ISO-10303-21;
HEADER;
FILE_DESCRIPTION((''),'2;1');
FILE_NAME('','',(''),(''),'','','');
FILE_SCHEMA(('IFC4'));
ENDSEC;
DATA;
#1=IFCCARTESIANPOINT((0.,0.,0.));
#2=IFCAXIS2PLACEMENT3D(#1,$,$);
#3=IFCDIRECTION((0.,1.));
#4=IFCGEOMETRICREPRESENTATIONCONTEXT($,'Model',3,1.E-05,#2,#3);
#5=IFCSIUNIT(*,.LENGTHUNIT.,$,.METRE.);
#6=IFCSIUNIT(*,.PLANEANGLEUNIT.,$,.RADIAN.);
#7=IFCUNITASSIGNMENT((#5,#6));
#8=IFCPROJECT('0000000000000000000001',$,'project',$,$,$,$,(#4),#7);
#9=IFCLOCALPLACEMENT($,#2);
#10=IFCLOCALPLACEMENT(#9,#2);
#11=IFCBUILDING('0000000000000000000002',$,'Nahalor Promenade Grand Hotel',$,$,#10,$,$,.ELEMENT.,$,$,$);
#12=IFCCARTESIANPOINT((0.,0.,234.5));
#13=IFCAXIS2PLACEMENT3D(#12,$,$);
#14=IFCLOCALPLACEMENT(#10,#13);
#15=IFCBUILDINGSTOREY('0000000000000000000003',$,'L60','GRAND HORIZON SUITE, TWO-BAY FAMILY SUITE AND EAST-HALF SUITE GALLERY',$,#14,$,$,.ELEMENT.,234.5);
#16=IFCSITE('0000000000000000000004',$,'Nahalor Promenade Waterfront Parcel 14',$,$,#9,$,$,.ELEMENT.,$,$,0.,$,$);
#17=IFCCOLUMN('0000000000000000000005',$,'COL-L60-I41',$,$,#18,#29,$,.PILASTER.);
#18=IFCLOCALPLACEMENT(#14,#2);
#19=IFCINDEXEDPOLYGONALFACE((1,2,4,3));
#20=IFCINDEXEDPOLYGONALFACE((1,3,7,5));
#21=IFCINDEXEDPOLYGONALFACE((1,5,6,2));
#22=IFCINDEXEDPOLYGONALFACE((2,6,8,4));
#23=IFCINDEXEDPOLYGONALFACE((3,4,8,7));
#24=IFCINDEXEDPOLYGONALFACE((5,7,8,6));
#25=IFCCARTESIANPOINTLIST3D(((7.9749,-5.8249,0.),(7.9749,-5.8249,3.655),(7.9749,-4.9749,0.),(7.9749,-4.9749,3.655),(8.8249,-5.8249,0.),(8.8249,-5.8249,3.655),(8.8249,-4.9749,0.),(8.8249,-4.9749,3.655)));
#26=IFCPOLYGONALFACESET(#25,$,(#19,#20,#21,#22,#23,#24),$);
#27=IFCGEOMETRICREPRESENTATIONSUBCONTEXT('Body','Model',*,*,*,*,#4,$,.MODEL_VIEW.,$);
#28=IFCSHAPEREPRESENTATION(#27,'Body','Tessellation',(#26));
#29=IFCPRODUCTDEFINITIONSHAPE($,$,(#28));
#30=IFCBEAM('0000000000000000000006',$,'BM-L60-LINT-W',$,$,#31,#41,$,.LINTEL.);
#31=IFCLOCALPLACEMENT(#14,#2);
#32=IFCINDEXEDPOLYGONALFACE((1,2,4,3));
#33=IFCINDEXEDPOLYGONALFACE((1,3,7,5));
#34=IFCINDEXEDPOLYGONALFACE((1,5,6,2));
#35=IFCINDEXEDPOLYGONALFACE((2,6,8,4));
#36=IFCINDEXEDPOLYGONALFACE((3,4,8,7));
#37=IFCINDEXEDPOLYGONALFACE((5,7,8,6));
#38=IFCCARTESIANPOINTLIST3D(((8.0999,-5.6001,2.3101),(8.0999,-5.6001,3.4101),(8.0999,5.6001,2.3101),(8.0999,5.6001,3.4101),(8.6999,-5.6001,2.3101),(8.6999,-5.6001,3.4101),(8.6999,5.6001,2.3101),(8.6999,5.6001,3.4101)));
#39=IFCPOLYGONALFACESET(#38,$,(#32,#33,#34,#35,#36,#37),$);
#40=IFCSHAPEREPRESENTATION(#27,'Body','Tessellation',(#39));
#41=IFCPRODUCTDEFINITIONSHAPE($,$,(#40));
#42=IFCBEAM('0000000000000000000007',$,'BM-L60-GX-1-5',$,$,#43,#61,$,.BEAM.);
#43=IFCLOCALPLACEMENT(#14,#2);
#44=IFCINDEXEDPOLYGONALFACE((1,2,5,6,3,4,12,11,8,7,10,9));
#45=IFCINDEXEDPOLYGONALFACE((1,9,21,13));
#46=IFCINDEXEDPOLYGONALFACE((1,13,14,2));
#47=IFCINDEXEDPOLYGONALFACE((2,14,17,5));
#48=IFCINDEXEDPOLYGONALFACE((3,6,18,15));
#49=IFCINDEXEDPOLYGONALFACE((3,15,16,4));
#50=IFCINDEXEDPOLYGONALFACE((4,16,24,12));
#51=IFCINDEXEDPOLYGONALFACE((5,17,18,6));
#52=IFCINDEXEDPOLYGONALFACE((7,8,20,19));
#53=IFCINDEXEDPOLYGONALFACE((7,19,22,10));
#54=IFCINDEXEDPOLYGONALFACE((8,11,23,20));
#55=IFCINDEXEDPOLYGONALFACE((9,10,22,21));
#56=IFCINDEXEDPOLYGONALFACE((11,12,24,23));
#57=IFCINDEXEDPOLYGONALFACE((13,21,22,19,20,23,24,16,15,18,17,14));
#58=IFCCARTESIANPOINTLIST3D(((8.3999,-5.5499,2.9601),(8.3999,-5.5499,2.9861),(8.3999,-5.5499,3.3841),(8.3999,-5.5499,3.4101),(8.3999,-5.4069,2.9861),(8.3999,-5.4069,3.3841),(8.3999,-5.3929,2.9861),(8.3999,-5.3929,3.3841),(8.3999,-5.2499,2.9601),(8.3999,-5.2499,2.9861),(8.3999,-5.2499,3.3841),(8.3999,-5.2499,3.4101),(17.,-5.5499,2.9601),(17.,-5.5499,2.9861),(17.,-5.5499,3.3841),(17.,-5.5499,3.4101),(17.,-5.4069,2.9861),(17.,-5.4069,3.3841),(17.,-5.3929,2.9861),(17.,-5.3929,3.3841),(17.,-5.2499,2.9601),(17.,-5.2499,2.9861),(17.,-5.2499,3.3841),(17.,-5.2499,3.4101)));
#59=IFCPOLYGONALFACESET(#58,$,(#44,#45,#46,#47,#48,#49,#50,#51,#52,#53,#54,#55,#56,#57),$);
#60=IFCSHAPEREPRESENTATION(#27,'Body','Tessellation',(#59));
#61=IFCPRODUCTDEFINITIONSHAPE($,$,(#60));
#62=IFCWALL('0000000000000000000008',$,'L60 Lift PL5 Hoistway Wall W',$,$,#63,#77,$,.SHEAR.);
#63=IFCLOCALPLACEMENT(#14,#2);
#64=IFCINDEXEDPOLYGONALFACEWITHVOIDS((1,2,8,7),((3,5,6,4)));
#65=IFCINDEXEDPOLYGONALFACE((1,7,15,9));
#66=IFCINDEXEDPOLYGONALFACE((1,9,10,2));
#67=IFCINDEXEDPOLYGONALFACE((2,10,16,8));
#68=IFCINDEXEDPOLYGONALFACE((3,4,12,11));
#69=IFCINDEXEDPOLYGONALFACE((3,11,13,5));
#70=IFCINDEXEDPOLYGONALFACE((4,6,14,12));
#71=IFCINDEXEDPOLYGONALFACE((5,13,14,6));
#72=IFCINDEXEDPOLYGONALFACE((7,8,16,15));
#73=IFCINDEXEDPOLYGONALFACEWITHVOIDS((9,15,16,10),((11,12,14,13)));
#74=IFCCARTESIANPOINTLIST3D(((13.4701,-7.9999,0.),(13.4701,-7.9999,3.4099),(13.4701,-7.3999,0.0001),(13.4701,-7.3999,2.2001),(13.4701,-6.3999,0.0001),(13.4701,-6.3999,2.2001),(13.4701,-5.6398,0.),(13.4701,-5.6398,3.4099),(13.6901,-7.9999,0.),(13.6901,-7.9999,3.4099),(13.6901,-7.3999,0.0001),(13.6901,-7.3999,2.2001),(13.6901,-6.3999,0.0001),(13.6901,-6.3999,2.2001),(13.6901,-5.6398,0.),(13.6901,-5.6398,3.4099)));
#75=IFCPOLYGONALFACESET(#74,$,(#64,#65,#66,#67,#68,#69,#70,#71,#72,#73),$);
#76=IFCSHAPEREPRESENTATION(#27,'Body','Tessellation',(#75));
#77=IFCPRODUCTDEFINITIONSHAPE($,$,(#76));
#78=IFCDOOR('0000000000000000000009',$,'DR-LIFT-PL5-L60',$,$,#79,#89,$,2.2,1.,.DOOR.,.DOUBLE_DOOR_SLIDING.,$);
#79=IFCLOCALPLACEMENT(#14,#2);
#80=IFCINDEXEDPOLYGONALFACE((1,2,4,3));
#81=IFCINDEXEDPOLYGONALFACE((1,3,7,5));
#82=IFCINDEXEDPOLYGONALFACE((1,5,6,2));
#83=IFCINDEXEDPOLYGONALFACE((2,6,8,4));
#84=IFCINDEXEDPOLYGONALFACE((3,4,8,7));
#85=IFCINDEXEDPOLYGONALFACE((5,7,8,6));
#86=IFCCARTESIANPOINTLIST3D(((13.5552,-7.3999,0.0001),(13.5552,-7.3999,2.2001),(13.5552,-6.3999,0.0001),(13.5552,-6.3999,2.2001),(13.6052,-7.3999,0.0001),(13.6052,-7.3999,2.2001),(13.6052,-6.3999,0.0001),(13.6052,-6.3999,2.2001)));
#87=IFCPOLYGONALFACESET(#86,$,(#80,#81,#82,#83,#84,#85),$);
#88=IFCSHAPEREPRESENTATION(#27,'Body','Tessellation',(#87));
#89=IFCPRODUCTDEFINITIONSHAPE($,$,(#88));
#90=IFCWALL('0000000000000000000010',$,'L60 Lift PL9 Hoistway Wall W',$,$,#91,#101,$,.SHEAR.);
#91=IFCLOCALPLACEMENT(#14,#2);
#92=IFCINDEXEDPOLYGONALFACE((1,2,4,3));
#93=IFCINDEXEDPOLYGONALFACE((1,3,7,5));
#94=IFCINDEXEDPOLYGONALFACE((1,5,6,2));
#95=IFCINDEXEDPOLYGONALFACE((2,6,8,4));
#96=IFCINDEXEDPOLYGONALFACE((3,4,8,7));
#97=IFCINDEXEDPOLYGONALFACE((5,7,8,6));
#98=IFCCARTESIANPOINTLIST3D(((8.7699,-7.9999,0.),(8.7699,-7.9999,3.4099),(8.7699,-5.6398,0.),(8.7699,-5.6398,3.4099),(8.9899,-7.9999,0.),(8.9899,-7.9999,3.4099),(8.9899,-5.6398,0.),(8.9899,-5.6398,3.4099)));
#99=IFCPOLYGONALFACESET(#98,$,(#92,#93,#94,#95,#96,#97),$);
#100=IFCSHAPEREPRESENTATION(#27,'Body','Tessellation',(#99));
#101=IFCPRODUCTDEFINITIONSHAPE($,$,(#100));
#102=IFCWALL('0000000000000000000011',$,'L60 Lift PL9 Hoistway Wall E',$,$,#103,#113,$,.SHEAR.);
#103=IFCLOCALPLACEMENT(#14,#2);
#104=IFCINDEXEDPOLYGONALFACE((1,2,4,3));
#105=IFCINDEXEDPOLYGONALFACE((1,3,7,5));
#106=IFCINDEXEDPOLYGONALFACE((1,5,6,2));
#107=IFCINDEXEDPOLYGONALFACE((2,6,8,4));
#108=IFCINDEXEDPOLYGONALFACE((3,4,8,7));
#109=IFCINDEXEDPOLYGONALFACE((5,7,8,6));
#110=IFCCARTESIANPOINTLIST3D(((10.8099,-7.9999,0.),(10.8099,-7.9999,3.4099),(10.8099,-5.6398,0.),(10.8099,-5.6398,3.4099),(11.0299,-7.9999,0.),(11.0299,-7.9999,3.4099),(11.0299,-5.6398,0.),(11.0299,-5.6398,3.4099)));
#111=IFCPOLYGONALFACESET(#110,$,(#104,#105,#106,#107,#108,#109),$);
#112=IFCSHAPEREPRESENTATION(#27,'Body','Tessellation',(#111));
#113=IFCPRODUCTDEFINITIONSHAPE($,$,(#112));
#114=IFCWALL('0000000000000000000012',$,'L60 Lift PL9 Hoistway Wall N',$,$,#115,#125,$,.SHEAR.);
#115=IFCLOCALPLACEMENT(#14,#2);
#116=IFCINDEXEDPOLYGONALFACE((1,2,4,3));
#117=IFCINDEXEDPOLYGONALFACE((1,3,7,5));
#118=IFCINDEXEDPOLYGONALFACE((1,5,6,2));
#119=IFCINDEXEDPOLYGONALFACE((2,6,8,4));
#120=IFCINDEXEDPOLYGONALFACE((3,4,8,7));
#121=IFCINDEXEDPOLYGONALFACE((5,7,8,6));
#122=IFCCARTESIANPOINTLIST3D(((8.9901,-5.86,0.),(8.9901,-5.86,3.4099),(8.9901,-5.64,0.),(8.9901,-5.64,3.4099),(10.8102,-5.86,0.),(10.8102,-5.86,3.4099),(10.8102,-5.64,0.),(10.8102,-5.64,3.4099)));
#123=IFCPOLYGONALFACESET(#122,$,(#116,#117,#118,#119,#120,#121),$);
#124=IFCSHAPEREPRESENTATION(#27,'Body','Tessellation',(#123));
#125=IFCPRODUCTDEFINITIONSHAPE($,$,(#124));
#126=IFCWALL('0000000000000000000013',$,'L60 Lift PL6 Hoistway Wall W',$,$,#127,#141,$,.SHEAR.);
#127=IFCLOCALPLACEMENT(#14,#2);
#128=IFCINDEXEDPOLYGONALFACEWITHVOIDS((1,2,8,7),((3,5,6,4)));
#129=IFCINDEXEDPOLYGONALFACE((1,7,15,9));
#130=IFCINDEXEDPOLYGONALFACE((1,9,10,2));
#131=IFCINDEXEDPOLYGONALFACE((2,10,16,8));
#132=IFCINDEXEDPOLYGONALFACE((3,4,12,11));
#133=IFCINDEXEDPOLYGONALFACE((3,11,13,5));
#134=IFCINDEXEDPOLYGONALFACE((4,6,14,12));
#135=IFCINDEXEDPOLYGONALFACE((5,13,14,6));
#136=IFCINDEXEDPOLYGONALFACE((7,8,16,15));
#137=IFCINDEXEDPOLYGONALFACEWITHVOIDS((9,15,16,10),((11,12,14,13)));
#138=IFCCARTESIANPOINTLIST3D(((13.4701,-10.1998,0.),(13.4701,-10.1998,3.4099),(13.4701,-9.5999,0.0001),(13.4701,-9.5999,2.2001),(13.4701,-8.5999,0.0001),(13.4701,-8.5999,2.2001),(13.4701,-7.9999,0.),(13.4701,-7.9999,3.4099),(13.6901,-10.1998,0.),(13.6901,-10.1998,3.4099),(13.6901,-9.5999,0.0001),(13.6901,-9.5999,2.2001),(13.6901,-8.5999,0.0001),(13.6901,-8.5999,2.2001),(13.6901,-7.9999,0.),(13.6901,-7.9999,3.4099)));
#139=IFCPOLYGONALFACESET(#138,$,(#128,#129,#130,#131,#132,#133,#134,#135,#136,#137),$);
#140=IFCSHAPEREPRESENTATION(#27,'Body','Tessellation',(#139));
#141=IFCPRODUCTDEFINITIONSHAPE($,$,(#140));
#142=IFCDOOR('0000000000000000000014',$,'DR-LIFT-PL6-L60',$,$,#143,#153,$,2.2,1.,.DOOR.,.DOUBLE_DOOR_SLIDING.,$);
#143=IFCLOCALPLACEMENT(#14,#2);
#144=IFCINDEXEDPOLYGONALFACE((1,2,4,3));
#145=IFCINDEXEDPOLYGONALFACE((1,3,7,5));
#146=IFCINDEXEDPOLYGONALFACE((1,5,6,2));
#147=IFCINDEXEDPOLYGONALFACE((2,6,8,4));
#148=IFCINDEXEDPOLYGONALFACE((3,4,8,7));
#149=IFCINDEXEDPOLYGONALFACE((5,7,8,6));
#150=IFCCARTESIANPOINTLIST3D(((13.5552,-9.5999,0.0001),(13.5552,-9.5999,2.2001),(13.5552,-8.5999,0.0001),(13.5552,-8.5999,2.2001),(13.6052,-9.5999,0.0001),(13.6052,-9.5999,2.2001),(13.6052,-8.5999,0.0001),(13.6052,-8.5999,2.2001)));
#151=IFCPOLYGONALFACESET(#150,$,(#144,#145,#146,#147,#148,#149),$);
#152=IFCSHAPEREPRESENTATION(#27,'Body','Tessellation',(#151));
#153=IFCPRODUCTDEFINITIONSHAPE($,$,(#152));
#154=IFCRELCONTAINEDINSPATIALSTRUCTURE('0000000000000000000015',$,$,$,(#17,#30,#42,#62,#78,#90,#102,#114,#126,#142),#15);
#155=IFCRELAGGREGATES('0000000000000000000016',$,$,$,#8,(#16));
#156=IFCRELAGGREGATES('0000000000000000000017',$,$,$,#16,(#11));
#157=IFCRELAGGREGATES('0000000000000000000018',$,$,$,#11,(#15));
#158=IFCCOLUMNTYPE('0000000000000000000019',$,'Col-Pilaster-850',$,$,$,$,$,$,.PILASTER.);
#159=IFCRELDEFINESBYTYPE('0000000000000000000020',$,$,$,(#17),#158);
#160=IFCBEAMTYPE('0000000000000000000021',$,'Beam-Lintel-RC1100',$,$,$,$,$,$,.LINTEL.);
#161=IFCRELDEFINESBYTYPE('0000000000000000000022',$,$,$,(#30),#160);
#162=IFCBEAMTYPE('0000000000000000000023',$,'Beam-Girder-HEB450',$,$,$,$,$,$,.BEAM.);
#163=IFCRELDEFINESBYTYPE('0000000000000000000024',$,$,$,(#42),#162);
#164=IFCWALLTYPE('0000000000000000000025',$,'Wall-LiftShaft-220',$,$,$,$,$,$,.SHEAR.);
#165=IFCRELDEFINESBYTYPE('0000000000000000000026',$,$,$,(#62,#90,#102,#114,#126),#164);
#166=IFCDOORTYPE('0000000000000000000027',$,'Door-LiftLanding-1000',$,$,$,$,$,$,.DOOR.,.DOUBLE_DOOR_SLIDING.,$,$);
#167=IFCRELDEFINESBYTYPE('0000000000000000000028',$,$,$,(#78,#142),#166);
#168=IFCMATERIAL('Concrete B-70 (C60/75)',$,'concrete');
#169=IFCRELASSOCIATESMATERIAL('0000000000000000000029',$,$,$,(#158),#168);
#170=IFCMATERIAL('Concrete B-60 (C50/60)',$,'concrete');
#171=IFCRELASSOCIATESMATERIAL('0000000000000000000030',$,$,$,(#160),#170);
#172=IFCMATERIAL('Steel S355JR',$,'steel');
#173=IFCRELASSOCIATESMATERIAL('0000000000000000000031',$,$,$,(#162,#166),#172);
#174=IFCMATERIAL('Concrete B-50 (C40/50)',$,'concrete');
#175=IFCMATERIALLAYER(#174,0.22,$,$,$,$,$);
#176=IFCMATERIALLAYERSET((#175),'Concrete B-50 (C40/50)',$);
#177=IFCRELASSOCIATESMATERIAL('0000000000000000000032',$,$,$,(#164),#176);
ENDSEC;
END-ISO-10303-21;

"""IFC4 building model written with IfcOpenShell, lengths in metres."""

from ifc_helpers import new_model, si_unit, direction, frame, frame_2d, origin, origin_2d, place, context, subcontext, project, spatial, rectangle, i_section, extrude, source, transform, mapped, material, layer, layer_set, material_profile, profile_set, type_object, element, fill, save


model = new_model("IFC4")

# Units and contexts
model_context = context("Model", 3, precision=1e-05, world=origin(), true_north=direction((0.0, 1.0)))
body_context = subcontext(model_context, "Body", "Model", "MODEL_VIEW")
ifc_project = project(units=[si_unit("LENGTHUNIT", "METRE"), si_unit("PLANEANGLEUNIT", "RADIAN")], contexts=[model_context])

# Site, building, storey
site_placement = place(None, origin())
site = spatial("IfcSite", under=ifc_project, at=site_placement, Name="Nahalor Promenade Waterfront Parcel 14", CompositionType="ELEMENT", RefElevation=0.0)
building_placement = place(site_placement, origin())
building = spatial("IfcBuilding", under=site, at=building_placement, Name="Nahalor Promenade Grand Hotel", CompositionType="ELEMENT")
storey_placement = place(building_placement, frame((0.0, 0.0, 234.5)))
storey = spatial("IfcBuildingStorey", under=building, at=storey_placement, Name="L60", Description="GRAND HORIZON SUITE, TWO-BAY FAMILY SUITE AND EAST-HALF SUITE GALLERY", CompositionType="ELEMENT", Elevation=234.5)

# Column
ifc_material_1 = material(Name="Concrete B-70 (C60/75)", Category="concrete")
ifc_material_profile_1 = material_profile(ifc_material_1, rectangle(XDim=0.85, YDim=0.85, at=origin_2d()), Name="RC 850x850")
ifc_profile_set_1 = profile_set([ifc_material_profile_1], Name="Concrete B-70 (C60/75)")
column_type = type_object("IfcColumnType", Name="Col-Pilaster-850", PredefinedType="PILASTER", material=ifc_profile_set_1)
shared_shape_1 = source(origin(), body_context, "Body", "SweptSolid", [
    extrude(rectangle(XDim=0.85, YDim=0.85, at=origin_2d()), origin(), (0.0, 0.0, 1.0), 3.655),
])
column_placement = place(storey_placement, frame((8.3999, -5.3999, 0.0), z_axis=(0.0, 0.0, 1.0), x_axis=(1.0, 0.0, 0.0)))
element("IfcColumn", 1, at=column_placement, inside=storey, type_object=column_type, Name="COL-L60-I41", PredefinedType="PILASTER", context=body_context, shape_type="MappedRepresentation", body=[
    mapped(shared_shape_1, transform((0.0, 0.0, 0.0), scale=1.0)),
])

# Beams
ifc_material_2 = material(Name="Concrete B-60 (C50/60)", Category="concrete")
ifc_material_profile_2 = material_profile(ifc_material_2, rectangle(XDim=0.6, YDim=1.1, at=origin_2d()), Name="RC 600x1100")
ifc_profile_set_2 = profile_set([ifc_material_profile_2], Name="Concrete B-60 (C50/60)")
beam_type_1 = type_object("IfcBeamType", Name="Beam-Lintel-RC1100", PredefinedType="LINTEL", material=ifc_profile_set_2)
shared_shape_2 = source(origin(), body_context, "Body", "SweptSolid", [
    extrude(rectangle(XDim=0.6, YDim=1.1, at=origin_2d()), origin(), (0.0, 0.0, 1.0), 11.2002),
])
beam_1_placement = place(storey_placement, frame((8.3999, -5.6001, 2.8601), z_axis=(0.0, 1.0, 0.0), x_axis=(-1.0, 0.0, 0.0)))
element("IfcBeam", 2, at=beam_1_placement, inside=storey, type_object=beam_type_1, Name="BM-L60-LINT-W", PredefinedType="LINTEL", context=body_context, shape_type="MappedRepresentation", body=[
    mapped(shared_shape_2, transform((0.0, 0.0, 0.0), scale=1.0)),
])
ifc_material_3 = material(Name="Steel S355JR", Category="steel")
ifc_material_profile_3 = material_profile(ifc_material_3, i_section(OverallWidth=0.3, OverallDepth=0.45, WebThickness=0.014, FlangeThickness=0.026, at=origin_2d()), Name="HEB 450")
ifc_profile_set_3 = profile_set([ifc_material_profile_3], Name="Steel S355JR")
beam_type_2 = type_object("IfcBeamType", Name="Beam-Girder-HEB450", PredefinedType="BEAM", material=ifc_profile_set_3)
shared_shape_3 = source(origin(), body_context, "Body", "SweptSolid", [
    extrude(i_section(OverallWidth=0.3, OverallDepth=0.45, WebThickness=0.014, FlangeThickness=0.026, at=origin_2d()), origin(), (0.0, 0.0, 1.0), 8.6001),
])
beam_2_placement = place(storey_placement, frame((8.3999, -5.3999, 3.1851), z_axis=(1.0, 0.0, 0.0), x_axis=(0.0, 1.0, 0.0)))
element("IfcBeam", 3, at=beam_2_placement, inside=storey, type_object=beam_type_2, Name="BM-L60-GX-1-5", PredefinedType="BEAM", context=body_context, shape_type="MappedRepresentation", body=[
    mapped(shared_shape_3, transform((0.0, 0.0, 0.0), scale=1.0)),
])

# Wall, opening, door
ifc_material_4 = material(Name="Concrete B-50 (C40/50)", Category="concrete")
ifc_layer_1 = layer(ifc_material_4, 0.22)
ifc_layer_set_1 = layer_set([ifc_layer_1], Name="Concrete B-50 (C40/50)")
wall_type_1 = type_object("IfcWallType", Name="Wall-LiftShaft-220", PredefinedType="SHEAR", material=ifc_layer_set_1)
shared_shape_4 = source(origin(), body_context, "Body", "SweptSolid", [
    extrude(rectangle(XDim=2.3601, YDim=0.22, at=frame_2d((1.1802, 0.0))), origin(), (0.0, 0.0, 1.0), 3.4099),
])
wall_1_placement = place(storey_placement, frame((13.5801, -8.0, 0.0), z_axis=(0.0, 0.0, 1.0), x_axis=(0.0, 1.0, 0.0)))
wall_1 = element("IfcWall", 4, at=wall_1_placement, inside=storey, type_object=wall_type_1, Name="L60 Lift PL5 Hoistway Wall W", PredefinedType="SHEAR", context=body_context, shape_type="MappedRepresentation", body=[
    mapped(shared_shape_4, transform((0.0, 0.0, 0.0), scale=1.0)),
])
opening_1_placement = place(wall_1_placement, frame((0.6001, 0.0, 0.0)))
opening_1 = element("IfcOpeningElement", 5, at=opening_1_placement, cuts=wall_1, PredefinedType="OPENING", context=body_context, shape_type="SweptSolid", body=[
    extrude(rectangle(XDim=1.0, YDim=2.2, at=frame_2d((0.5, 1.1001))), frame((0.0, 0.1199, 0.0), z_axis=(0.0, -1.0, 0.0), x_axis=(1.0, 0.0, 0.0)), (0.0, 0.0, 1.0), 0.24),
])
door_type = type_object("IfcDoorType", Name="Door-LiftLanding-1000", OperationType="DOUBLE_DOOR_SLIDING", PredefinedType="DOOR", material=ifc_material_3)
shared_shape_5 = source(origin(), body_context, "Body", "SweptSolid", [
    extrude(rectangle(XDim=1.0, YDim=2.2, at=frame_2d((0.5, 1.1001))), frame((0.0, 0.0249, 0.0), z_axis=(0.0, -1.0, 0.0), x_axis=(1.0, 0.0, 0.0)), (0.0, 0.0, 1.0), 0.05),
])
door_1_placement = place(opening_1_placement, origin())
door_1 = element("IfcDoor", 6, at=door_1_placement, inside=storey, type_object=door_type, Name="DR-LIFT-PL5-L60", OperationType="DOUBLE_DOOR_SLIDING", OverallHeight=2.2, OverallWidth=1.0, PredefinedType="DOOR", context=body_context, shape_type="MappedRepresentation", body=[
    mapped(shared_shape_5, transform((0.0, 0.0, 0.0), scale=1.0)),
])
fill(opening_1, door_1)

# Walls
for number, where, z_axis, x_axis, name in (
    (7, (8.8799, -8.0, 0.0), (0.0, 0.0, 1.0), (0.0, 1.0, 0.0), "L60 Lift PL9 Hoistway Wall W"),
    (8, (10.9199, -8.0, 0.0), (0.0, 0.0, 1.0), (0.0, 1.0, 0.0), "L60 Lift PL9 Hoistway Wall E"),
):
    element("IfcWall", number, at=place(storey_placement, frame(where, z_axis=z_axis, x_axis=x_axis)), inside=storey, type_object=wall_type_1, Name=name, PredefinedType="SHEAR", context=body_context, shape_type="MappedRepresentation", body=[
        mapped(shared_shape_4, transform((0.0, 0.0, 0.0), scale=1.0)),
    ])
shared_shape_6 = source(origin(), body_context, "Body", "SweptSolid", [
    extrude(rectangle(XDim=1.8201, YDim=0.22, at=frame_2d((0.9102, 0.0))), origin(), (0.0, 0.0, 1.0), 3.4099),
])
wall_2_placement = place(storey_placement, frame((8.99, -5.75, 0.0), z_axis=(0.0, 0.0, 1.0), x_axis=(1.0, 0.0, 0.0)))
element("IfcWall", 9, at=wall_2_placement, inside=storey, type_object=wall_type_1, Name="L60 Lift PL9 Hoistway Wall N", PredefinedType="SHEAR", context=body_context, shape_type="MappedRepresentation", body=[
    mapped(shared_shape_6, transform((0.0, 0.0, 0.0), scale=1.0)),
])

# Wall, opening, door
shared_shape_7 = source(origin(), body_context, "Body", "SweptSolid", [
    extrude(rectangle(XDim=2.2, YDim=0.22, at=frame_2d((1.1001, 0.0))), origin(), (0.0, 0.0, 1.0), 3.4099),
])
wall_3_placement = place(storey_placement, frame((13.5801, -10.2, 0.0), z_axis=(0.0, 0.0, 1.0), x_axis=(0.0, 1.0, 0.0)))
wall_3 = element("IfcWall", 10, at=wall_3_placement, inside=storey, type_object=wall_type_1, Name="L60 Lift PL6 Hoistway Wall W", PredefinedType="SHEAR", context=body_context, shape_type="MappedRepresentation", body=[
    mapped(shared_shape_7, transform((0.0, 0.0, 0.0), scale=1.0)),
])
opening_2_placement = place(wall_3_placement, frame((0.6001, 0.0, 0.0)))
opening_2 = element("IfcOpeningElement", 11, at=opening_2_placement, cuts=wall_3, PredefinedType="OPENING", context=body_context, shape_type="SweptSolid", body=[
    extrude(rectangle(XDim=1.0, YDim=2.2, at=frame_2d((0.5, 1.1001))), frame((0.0, 0.1199, 0.0), z_axis=(0.0, -1.0, 0.0), x_axis=(1.0, 0.0, 0.0)), (0.0, 0.0, 1.0), 0.24),
])
door_2_placement = place(opening_2_placement, origin())
door_2 = element("IfcDoor", 12, at=door_2_placement, inside=storey, type_object=door_type, Name="DR-LIFT-PL6-L60", OperationType="DOUBLE_DOOR_SLIDING", OverallHeight=2.2, OverallWidth=1.0, PredefinedType="DOOR", context=body_context, shape_type="MappedRepresentation", body=[
    mapped(shared_shape_5, transform((0.0, 0.0, 0.0), scale=1.0)),
])
fill(opening_2, door_2)

save(model, "model.ifc")
